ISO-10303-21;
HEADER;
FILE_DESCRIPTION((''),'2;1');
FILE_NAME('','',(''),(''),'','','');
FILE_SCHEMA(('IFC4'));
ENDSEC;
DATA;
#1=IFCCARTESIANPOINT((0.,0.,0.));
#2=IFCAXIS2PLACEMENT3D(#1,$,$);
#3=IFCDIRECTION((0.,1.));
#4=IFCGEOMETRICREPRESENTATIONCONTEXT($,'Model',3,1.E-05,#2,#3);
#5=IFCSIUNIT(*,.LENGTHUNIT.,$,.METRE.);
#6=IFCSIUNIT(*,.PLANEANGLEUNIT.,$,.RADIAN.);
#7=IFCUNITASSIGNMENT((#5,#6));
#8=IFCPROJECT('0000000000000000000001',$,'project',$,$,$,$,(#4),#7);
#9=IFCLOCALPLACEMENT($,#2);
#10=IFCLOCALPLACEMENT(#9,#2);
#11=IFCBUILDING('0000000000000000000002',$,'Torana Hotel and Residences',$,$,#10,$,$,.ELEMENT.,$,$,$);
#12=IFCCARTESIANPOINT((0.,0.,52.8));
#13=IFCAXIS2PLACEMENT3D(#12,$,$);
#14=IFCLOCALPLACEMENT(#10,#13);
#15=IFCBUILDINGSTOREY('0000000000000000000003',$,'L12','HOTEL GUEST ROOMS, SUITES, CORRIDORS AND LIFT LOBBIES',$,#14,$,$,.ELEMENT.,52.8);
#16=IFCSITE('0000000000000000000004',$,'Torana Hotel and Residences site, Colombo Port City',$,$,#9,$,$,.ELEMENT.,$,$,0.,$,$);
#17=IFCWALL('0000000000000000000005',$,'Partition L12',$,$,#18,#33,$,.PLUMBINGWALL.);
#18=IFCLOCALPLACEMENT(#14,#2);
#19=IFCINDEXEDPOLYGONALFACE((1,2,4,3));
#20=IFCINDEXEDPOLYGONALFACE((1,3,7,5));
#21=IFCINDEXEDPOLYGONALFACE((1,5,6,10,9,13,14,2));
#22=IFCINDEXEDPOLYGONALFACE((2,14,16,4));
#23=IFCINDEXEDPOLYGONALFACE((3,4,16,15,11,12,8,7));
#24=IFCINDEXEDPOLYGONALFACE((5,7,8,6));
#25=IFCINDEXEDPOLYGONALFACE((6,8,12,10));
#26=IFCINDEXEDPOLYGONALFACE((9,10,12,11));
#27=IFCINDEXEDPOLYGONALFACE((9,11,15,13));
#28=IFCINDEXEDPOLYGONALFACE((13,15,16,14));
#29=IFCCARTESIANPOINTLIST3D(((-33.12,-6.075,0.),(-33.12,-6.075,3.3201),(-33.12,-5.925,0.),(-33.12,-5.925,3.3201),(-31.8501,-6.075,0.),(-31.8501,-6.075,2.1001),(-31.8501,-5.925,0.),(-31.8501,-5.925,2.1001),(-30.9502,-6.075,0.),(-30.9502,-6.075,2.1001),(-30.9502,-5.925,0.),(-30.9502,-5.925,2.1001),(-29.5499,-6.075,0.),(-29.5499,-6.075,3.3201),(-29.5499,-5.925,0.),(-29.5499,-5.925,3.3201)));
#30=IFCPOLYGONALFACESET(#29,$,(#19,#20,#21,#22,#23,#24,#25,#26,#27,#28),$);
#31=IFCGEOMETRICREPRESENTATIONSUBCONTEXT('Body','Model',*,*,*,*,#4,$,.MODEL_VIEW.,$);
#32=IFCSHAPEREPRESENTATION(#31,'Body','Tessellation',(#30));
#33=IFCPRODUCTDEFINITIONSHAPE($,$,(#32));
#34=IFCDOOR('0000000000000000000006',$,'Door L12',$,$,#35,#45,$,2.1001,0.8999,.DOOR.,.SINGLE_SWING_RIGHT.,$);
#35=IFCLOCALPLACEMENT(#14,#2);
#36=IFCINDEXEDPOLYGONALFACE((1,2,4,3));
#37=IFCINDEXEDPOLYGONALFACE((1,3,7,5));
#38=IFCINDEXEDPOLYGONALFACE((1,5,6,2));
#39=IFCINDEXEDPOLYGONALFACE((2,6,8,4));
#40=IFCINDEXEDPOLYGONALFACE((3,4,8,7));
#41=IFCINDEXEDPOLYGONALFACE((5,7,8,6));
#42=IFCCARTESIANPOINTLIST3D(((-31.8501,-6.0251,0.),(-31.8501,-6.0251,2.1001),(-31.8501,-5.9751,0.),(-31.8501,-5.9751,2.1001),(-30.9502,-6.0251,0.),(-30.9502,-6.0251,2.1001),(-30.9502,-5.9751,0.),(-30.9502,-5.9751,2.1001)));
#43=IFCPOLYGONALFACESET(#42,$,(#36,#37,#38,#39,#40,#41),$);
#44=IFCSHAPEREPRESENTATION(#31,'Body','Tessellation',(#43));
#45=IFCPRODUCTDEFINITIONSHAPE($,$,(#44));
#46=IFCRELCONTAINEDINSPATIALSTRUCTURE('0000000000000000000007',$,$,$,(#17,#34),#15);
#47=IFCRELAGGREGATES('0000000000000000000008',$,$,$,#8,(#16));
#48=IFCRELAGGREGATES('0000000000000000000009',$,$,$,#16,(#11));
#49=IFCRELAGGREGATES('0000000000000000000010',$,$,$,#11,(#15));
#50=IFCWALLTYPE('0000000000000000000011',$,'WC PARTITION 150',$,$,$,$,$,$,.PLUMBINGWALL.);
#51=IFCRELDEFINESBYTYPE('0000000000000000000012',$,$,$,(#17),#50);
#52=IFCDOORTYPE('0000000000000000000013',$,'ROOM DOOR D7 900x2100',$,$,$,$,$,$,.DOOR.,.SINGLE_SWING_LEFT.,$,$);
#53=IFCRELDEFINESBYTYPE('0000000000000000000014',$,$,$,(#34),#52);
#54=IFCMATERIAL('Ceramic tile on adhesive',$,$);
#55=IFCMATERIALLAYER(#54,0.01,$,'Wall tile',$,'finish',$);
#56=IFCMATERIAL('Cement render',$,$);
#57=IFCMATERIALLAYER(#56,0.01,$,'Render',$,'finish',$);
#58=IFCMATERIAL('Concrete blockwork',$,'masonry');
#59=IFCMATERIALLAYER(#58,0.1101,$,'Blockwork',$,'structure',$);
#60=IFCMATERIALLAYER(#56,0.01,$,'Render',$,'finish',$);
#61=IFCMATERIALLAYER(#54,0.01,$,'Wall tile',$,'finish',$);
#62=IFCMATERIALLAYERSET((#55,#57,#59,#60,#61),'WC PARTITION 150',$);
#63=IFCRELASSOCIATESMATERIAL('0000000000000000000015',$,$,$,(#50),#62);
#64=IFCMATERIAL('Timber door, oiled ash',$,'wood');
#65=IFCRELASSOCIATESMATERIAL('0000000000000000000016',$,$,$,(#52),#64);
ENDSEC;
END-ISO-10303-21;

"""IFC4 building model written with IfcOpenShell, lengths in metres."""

from ifc_helpers import new_model, si_unit, direction, frame, frame_2d, origin, place, context, subcontext, project, spatial, rectangle, extrude, material, layer, layer_set, type_object, element, fill, save


model = new_model("IFC4")

# Units and contexts
model_context = context("Model", 3, precision=1e-05, world=origin(), true_north=direction((0.0, 1.0)))
body_context = subcontext(model_context, "Body", "Model", "MODEL_VIEW")
ifc_project = project(units=[si_unit("LENGTHUNIT", "METRE"), si_unit("PLANEANGLEUNIT", "RADIAN")], contexts=[model_context])

# Site, building, storey
site_placement = place(None, origin())
site = spatial("IfcSite", under=ifc_project, at=site_placement, Name="Torana Hotel and Residences site, Colombo Port City", CompositionType="ELEMENT", RefElevation=0.0)
building_placement = place(site_placement, origin())
building = spatial("IfcBuilding", under=site, at=building_placement, Name="Torana Hotel and Residences", CompositionType="ELEMENT")
storey_placement = place(building_placement, frame((0.0, 0.0, 52.8)))
storey = spatial("IfcBuildingStorey", under=building, at=storey_placement, Name="L12", Description="HOTEL GUEST ROOMS, SUITES, CORRIDORS AND LIFT LOBBIES", CompositionType="ELEMENT", Elevation=52.8)

# Wall, opening, door
ifc_material_1 = material(Name="Ceramic tile on adhesive")
ifc_layer_1 = layer(ifc_material_1, 0.01, Name="Wall tile", Category="finish")
ifc_material_2 = material(Name="Cement render")
ifc_layer_2 = layer(ifc_material_2, 0.01, Name="Render", Category="finish")
ifc_material_3 = material(Name="Concrete blockwork", Category="masonry")
ifc_layer_3 = layer(ifc_material_3, 0.1101, Name="Blockwork", Category="structure")
ifc_layer_4 = layer(ifc_material_2, 0.01, Name="Render", Category="finish")
ifc_layer_5 = layer(ifc_material_1, 0.01, Name="Wall tile", Category="finish")
ifc_layer_set_1 = layer_set([ifc_layer_1, ifc_layer_2, ifc_layer_3, ifc_layer_4, ifc_layer_5], Name="WC PARTITION 150")
wall_type_1 = type_object("IfcWallType", Name="WC PARTITION 150", PredefinedType="PLUMBINGWALL", material=ifc_layer_set_1)
wall_1_placement = place(storey_placement, frame((-33.1201, -6.0, 0.0), z_axis=(0.0, 0.0, 1.0), x_axis=(1.0, 0.0, 0.0)))
wall_1 = element("IfcWall", 1, at=wall_1_placement, inside=storey, type_object=wall_type_1, Name="Partition L12", PredefinedType="PLUMBINGWALL", context=body_context, shape_type="SweptSolid", body=[
    extrude(rectangle(XDim=3.5701, YDim=0.1499, at=frame_2d((1.7852, 0.0))), origin(), (0.0, 0.0, 1.0), 3.3201),
])
opening_1_placement = place(wall_1_placement, frame((1.27, 0.0, 0.0)))
opening_1 = element("IfcOpeningElement", 2, at=opening_1_placement, cuts=wall_1, PredefinedType="OPENING", context=body_context, shape_type="SweptSolid", body=[
    extrude(rectangle(XDim=0.8999, YDim=2.1001, at=frame_2d((0.45, 1.05))), frame((0.0, 0.085, 0.0), z_axis=(0.0, -1.0, 0.0), x_axis=(1.0, 0.0, 0.0)), (0.0, 0.0, 1.0), 0.1699),
])
ifc_material_4 = material(Name="Timber door, oiled ash", Category="wood")
door_type_1 = type_object("IfcDoorType", Name="ROOM DOOR D7 900x2100", OperationType="SINGLE_SWING_LEFT", PredefinedType="DOOR", material=ifc_material_4)
door_1_placement = place(opening_1_placement, origin())
door_1 = element("IfcDoor", 3, at=door_1_placement, inside=storey, type_object=door_type_1, Name="Door L12", OperationType="SINGLE_SWING_RIGHT", OverallHeight=2.1001, OverallWidth=0.8999, PredefinedType="DOOR", context=body_context, shape_type="SweptSolid", body=[
    extrude(rectangle(XDim=0.8999, YDim=2.1001, at=frame_2d((0.45, 1.05))), frame((0.0, 0.0249, 0.0), z_axis=(0.0, -1.0, 0.0), x_axis=(1.0, 0.0, 0.0)), (0.0, 0.0, 1.0), 0.05),
])
fill(opening_1, door_1)

save(model, "model.ifc")
